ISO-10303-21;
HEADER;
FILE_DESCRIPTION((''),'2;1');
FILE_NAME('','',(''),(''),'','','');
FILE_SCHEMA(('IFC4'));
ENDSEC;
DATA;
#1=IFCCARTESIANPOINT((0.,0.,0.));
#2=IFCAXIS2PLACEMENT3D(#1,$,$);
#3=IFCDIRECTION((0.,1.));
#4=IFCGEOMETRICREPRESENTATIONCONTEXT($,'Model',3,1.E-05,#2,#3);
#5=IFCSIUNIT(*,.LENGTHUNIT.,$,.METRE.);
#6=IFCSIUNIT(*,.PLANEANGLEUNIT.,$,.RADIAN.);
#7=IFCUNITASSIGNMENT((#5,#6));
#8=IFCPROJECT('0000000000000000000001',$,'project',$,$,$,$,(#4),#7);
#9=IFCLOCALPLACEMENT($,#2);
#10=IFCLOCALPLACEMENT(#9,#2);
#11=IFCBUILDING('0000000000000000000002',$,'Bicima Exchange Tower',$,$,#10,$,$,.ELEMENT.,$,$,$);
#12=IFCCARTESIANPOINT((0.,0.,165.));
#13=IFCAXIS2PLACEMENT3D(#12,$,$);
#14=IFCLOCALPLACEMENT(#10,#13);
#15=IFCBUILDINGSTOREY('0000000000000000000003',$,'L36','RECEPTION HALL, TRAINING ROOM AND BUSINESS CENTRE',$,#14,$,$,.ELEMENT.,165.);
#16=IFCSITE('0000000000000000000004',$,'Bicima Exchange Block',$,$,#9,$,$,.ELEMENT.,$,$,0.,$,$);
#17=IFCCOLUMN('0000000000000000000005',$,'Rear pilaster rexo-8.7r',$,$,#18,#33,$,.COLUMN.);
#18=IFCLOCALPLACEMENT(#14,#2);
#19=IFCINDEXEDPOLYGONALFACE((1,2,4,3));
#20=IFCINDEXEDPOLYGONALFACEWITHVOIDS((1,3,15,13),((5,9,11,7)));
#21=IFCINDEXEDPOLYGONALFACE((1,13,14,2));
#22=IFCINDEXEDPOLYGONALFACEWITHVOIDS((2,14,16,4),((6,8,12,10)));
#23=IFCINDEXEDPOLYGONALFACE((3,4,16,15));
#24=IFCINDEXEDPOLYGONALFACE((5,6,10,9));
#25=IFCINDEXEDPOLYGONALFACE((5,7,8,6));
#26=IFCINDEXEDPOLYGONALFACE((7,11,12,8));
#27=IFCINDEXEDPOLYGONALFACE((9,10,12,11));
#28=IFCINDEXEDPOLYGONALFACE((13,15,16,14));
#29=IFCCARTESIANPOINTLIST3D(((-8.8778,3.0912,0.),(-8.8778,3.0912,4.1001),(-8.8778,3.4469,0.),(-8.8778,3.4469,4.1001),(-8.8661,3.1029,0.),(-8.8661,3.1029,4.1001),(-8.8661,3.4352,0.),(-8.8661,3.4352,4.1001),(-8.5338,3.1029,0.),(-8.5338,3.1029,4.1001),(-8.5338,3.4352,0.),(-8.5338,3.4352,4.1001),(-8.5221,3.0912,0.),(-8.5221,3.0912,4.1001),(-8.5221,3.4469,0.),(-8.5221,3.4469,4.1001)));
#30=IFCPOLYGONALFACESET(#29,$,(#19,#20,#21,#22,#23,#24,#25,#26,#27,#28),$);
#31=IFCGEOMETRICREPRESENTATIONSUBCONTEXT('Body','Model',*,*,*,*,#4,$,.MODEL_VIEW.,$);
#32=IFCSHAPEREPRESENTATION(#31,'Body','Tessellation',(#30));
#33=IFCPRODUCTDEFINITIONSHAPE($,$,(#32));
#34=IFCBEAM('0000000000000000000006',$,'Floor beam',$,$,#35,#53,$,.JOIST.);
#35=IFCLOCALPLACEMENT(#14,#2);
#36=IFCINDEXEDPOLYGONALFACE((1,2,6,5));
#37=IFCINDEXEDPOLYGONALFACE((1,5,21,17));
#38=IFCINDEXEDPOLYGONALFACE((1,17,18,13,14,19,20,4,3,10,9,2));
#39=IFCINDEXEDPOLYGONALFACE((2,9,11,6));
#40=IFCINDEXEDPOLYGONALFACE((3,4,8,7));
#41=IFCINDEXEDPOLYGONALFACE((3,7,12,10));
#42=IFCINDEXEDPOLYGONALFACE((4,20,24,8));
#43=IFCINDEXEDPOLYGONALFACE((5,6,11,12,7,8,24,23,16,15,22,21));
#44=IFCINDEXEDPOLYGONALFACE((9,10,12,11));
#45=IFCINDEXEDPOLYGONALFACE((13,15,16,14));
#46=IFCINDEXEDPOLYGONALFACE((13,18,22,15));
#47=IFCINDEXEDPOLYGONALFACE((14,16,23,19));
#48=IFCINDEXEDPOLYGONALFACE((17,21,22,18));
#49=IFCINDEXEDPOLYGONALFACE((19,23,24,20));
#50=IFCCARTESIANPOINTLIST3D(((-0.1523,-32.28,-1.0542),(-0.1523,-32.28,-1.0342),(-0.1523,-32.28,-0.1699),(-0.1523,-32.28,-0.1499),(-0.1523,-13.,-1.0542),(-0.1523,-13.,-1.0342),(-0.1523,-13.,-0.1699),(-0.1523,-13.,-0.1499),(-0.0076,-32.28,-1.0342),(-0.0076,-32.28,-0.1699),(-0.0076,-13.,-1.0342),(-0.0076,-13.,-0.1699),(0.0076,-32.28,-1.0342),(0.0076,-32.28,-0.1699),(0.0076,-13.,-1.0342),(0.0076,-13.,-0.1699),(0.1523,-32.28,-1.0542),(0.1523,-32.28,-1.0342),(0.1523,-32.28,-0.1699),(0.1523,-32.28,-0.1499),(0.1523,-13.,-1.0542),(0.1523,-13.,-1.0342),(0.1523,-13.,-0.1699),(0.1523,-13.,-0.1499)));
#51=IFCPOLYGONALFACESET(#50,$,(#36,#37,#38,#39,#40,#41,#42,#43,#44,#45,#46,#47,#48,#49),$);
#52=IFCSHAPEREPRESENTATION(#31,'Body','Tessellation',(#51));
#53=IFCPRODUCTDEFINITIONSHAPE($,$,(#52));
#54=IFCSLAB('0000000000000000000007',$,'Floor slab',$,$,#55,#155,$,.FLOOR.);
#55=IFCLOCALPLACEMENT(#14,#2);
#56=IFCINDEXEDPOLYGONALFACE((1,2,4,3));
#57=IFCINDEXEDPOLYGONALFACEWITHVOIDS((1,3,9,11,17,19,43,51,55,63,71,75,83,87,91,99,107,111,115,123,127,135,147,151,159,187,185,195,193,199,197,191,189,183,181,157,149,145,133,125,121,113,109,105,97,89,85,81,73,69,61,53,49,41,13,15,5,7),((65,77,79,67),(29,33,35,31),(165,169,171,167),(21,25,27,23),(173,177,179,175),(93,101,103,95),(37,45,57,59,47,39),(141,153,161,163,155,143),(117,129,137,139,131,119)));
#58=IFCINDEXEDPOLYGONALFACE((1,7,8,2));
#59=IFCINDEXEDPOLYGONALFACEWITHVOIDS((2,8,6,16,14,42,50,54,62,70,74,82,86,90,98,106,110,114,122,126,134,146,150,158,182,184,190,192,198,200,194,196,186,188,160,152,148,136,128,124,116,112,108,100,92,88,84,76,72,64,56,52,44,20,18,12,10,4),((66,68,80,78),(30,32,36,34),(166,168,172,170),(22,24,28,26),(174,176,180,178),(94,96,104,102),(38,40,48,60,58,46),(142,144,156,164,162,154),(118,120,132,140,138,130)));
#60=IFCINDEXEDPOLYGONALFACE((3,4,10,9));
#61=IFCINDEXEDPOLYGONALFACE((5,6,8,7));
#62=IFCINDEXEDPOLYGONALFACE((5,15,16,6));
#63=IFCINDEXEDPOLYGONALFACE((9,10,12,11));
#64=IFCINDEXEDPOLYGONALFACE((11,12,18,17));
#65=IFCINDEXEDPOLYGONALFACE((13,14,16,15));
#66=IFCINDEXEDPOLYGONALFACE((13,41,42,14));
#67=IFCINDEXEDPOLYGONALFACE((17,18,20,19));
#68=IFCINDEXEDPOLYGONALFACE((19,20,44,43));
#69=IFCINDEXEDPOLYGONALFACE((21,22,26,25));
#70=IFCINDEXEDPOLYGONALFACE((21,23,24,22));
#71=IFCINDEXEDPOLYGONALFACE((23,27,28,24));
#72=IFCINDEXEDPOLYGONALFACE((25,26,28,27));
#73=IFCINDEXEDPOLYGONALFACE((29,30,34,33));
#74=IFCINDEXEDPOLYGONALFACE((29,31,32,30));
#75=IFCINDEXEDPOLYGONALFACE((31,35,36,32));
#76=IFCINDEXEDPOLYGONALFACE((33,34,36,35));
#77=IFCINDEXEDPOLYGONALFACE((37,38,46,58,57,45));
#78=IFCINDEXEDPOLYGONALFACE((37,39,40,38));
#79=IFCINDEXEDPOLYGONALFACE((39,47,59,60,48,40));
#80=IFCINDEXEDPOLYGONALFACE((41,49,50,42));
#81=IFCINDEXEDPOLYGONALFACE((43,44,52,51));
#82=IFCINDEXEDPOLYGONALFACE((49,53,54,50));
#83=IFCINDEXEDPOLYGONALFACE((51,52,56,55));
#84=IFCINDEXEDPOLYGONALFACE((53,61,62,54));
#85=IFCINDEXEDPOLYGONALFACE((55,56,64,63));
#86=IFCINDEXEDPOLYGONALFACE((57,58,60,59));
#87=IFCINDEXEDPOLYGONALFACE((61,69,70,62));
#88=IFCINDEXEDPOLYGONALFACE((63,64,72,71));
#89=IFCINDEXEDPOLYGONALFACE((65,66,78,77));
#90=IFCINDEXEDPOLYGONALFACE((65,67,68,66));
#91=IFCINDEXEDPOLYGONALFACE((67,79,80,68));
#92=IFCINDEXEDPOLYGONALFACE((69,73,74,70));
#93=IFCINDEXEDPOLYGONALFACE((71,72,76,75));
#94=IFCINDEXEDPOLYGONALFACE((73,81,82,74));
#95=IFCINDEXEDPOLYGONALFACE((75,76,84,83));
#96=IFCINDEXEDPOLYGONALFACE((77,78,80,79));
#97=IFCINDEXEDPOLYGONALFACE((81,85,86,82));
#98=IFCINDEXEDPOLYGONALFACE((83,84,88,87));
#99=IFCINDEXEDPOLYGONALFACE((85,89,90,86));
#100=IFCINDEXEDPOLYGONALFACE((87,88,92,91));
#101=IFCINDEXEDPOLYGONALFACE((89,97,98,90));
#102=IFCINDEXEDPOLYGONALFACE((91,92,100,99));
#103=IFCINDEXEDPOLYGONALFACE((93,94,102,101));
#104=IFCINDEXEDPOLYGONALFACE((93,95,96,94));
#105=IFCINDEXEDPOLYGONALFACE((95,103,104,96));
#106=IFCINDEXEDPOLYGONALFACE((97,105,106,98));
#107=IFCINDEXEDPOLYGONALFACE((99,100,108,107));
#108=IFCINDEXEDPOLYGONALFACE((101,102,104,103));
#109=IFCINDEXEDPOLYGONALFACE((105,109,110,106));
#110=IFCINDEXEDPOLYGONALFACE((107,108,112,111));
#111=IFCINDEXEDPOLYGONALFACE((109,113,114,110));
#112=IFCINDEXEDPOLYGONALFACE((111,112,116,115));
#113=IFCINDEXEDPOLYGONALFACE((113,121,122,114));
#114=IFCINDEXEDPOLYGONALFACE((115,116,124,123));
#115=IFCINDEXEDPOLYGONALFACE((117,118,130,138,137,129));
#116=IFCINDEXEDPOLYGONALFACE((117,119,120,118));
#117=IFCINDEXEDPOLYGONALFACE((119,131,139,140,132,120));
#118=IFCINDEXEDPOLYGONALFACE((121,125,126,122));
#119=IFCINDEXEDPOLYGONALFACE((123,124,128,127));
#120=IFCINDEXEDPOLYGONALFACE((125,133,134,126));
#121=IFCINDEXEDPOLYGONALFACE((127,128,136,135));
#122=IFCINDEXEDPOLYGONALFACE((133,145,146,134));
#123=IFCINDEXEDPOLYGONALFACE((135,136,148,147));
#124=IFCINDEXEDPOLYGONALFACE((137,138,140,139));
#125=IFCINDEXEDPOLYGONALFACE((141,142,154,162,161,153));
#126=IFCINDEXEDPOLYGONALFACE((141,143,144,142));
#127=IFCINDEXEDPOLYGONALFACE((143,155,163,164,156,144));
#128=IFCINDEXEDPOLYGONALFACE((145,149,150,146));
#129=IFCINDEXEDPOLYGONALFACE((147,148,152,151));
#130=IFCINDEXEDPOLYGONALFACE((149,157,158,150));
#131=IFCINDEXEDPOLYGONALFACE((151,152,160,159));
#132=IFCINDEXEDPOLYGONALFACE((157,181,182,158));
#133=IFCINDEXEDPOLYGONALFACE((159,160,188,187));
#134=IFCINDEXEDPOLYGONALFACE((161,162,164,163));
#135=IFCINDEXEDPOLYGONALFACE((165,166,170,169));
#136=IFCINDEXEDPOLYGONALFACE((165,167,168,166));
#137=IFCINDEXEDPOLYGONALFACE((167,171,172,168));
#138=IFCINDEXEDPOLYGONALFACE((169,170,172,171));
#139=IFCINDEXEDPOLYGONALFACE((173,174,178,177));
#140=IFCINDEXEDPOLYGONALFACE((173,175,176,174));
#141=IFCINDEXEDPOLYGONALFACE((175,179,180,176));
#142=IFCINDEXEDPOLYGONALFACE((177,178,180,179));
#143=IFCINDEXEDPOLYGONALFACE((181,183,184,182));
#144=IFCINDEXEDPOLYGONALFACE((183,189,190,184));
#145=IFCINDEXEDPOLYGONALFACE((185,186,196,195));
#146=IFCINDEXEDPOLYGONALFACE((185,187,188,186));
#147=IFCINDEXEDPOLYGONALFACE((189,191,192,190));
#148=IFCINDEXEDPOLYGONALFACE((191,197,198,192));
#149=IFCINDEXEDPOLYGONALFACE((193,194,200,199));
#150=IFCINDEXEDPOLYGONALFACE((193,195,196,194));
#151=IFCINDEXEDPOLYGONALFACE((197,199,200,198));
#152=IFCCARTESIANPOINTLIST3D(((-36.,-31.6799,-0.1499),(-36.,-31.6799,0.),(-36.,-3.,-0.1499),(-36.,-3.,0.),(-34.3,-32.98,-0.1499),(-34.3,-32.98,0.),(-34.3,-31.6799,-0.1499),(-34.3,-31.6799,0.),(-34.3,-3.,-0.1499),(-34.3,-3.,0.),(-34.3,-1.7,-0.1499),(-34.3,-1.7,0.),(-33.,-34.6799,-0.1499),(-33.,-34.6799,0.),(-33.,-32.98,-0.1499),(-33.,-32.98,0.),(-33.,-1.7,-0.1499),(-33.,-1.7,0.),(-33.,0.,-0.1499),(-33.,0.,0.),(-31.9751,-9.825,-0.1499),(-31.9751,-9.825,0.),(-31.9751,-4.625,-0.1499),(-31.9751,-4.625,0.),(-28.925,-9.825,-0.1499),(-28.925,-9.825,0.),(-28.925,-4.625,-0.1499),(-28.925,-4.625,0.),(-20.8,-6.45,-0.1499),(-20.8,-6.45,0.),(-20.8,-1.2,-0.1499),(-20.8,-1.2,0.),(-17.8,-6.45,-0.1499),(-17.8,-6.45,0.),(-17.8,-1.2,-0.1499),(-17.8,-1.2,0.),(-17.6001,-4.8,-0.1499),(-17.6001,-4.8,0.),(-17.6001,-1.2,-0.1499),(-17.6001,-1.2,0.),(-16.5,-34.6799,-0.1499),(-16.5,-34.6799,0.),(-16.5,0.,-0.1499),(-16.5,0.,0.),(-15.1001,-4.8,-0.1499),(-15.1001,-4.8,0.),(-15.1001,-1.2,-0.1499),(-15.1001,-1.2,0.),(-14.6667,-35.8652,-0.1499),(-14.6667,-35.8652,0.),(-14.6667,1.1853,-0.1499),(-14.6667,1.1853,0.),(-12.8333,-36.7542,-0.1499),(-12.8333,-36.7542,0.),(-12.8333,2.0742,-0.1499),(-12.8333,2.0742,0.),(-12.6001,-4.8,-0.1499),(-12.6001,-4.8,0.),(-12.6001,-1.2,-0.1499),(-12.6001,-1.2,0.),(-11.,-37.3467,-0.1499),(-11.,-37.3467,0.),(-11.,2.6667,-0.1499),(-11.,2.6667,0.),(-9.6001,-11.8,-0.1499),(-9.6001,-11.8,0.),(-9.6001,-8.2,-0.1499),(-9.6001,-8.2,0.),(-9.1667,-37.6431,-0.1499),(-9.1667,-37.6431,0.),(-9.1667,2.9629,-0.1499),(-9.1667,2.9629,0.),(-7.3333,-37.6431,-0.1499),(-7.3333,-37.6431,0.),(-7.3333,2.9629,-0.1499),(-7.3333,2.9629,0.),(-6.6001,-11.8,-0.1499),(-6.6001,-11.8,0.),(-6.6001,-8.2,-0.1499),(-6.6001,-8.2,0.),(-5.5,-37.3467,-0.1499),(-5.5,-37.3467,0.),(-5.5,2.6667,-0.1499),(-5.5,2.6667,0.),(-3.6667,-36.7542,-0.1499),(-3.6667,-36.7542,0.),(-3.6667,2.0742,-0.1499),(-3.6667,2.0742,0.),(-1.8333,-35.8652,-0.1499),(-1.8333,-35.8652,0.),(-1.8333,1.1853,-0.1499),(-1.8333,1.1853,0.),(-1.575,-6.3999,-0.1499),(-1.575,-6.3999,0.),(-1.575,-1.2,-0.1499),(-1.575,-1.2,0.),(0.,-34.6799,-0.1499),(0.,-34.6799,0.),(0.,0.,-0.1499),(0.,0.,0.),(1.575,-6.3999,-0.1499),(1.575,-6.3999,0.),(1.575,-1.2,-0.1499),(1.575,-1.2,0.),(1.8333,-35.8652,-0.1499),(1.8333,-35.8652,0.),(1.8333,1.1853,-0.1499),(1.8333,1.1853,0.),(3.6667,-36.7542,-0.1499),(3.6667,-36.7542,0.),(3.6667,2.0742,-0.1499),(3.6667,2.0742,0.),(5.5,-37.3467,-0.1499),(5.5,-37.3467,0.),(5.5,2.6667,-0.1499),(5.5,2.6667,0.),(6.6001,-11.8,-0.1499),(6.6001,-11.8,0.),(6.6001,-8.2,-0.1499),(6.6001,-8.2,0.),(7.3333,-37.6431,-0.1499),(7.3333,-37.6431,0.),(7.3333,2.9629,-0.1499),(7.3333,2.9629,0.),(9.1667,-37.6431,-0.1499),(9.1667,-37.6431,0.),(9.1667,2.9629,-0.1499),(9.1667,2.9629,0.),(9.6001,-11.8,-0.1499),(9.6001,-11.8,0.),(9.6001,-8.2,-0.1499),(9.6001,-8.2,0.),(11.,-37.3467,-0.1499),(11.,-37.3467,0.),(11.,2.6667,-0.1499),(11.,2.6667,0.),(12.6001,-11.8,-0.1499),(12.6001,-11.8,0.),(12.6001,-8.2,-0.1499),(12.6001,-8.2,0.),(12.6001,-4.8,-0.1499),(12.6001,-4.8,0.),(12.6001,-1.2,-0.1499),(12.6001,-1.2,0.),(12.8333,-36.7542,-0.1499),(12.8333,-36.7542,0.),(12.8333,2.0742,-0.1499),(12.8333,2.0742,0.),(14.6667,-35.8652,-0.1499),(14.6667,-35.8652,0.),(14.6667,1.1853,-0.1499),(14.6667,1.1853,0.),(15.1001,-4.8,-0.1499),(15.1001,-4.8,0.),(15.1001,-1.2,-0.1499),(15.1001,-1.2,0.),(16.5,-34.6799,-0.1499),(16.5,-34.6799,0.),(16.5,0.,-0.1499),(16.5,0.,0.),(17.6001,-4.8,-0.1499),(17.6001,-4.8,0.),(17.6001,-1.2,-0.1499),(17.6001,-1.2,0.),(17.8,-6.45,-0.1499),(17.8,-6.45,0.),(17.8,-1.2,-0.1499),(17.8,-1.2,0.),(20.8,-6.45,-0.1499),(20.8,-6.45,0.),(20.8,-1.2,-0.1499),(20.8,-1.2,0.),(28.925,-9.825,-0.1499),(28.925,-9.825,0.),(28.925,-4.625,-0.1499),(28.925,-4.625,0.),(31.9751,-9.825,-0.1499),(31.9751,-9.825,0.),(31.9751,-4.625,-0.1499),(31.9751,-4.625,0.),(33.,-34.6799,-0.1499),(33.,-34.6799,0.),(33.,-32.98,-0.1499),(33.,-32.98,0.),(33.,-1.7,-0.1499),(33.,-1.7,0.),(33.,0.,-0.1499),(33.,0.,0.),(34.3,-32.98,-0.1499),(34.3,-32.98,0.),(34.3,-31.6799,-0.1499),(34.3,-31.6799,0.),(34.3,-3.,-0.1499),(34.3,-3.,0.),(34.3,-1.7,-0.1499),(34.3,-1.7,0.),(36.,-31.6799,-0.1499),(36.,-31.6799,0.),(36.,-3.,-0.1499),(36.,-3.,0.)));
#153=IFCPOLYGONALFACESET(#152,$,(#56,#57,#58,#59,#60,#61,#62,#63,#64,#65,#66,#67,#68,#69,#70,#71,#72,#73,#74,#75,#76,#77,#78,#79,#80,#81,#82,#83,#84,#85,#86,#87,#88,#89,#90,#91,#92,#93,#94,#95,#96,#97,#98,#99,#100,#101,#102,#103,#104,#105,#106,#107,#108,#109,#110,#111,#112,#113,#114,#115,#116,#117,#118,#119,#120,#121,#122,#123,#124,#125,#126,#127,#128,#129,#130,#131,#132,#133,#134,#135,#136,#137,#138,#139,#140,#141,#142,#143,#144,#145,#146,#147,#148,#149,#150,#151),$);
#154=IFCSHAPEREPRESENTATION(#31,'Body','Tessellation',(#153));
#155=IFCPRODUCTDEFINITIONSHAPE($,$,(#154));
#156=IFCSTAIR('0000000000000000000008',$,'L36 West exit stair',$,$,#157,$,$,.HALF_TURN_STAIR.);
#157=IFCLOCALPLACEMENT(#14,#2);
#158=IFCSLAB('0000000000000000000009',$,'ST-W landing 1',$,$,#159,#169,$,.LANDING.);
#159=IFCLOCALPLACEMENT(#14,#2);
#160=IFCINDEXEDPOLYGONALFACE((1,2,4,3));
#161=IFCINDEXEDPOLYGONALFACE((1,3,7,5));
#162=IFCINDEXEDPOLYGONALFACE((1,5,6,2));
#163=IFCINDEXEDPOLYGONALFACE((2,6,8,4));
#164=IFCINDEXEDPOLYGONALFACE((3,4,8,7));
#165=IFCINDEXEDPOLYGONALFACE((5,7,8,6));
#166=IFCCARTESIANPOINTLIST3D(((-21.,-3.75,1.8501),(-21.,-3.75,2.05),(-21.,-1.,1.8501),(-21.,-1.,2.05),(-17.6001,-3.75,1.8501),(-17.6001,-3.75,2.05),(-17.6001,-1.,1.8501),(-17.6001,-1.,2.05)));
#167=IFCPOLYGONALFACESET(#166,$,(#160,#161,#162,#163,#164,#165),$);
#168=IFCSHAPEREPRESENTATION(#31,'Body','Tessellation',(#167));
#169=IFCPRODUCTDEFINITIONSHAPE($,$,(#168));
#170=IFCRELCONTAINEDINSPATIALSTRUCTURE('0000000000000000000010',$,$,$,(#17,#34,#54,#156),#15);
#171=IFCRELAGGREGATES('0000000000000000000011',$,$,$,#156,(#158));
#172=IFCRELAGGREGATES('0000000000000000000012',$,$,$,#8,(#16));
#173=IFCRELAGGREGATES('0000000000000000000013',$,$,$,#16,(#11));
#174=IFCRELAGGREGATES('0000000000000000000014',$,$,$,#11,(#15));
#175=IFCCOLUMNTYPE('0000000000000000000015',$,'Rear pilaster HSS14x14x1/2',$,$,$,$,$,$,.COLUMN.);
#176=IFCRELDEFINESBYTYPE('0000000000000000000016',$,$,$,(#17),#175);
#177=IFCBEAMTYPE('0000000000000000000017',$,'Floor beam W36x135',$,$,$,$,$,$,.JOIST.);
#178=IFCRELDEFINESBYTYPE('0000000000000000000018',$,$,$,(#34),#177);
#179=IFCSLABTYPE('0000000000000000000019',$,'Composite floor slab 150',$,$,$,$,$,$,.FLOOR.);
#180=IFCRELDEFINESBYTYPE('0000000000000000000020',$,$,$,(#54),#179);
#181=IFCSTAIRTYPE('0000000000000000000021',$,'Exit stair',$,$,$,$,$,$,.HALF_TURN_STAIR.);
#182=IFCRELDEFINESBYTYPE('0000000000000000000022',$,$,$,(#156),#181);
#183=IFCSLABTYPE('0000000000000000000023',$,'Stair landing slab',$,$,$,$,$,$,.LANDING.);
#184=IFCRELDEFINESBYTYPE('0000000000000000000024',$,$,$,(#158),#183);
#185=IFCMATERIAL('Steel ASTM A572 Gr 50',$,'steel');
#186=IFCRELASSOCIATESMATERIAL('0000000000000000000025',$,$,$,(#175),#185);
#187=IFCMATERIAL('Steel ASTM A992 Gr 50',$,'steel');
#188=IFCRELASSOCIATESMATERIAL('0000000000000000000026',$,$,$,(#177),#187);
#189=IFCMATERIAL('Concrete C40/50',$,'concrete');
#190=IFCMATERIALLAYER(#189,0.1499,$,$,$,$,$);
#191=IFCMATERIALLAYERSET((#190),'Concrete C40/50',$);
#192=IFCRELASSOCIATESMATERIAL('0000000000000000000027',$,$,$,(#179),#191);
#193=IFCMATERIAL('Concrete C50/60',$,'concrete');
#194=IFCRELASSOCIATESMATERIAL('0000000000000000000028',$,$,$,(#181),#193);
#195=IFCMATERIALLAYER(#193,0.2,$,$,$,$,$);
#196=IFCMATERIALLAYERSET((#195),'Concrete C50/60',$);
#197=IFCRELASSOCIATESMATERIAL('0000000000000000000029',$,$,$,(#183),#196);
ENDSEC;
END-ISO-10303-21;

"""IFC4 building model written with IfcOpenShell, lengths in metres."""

from ifc_helpers import new_model, si_unit, direction, frame, origin, origin_2d, place, context, subcontext, project, spatial, polyline, hollow_rectangle, i_section, outline, extrude, material, layer, layer_set, material_profile, profile_set, type_object, element, aggregate, save


model = new_model("IFC4")

# Units and contexts
model_context = context("Model", 3, precision=1e-05, world=origin(), true_north=direction((0.0, 1.0)))
body_context = subcontext(model_context, "Body", "Model", "MODEL_VIEW")
ifc_project = project(units=[si_unit("LENGTHUNIT", "METRE"), si_unit("PLANEANGLEUNIT", "RADIAN")], contexts=[model_context])

# Site, building, storey
site_placement = place(None, origin())
site = spatial("IfcSite", under=ifc_project, at=site_placement, Name="Bicima Exchange Block", CompositionType="ELEMENT", RefElevation=0.0)
building_placement = place(site_placement, origin())
building = spatial("IfcBuilding", under=site, at=building_placement, Name="Bicima Exchange Tower", CompositionType="ELEMENT")
storey_placement = place(building_placement, frame((0.0, 0.0, 165.0)))
storey = spatial("IfcBuildingStorey", under=building, at=storey_placement, Name="L36", Description="RECEPTION HALL, TRAINING ROOM AND BUSINESS CENTRE", CompositionType="ELEMENT", Elevation=165.0)

# Column
ifc_material_1 = material(Name="Steel ASTM A572 Gr 50", Category="steel")
ifc_material_profile_1 = material_profile(ifc_material_1, hollow_rectangle(XDim=0.3557, YDim=0.3557, WallThickness=0.0117, at=origin_2d()))
ifc_profile_set_1 = profile_set([ifc_material_profile_1], Name="Steel ASTM A572 Gr 50")
column_type = type_object("IfcColumnType", Name="Rear pilaster HSS14x14x1/2", PredefinedType="COLUMN", material=ifc_profile_set_1)
column_placement = place(storey_placement, frame((-8.7, 3.269, 0.0), z_axis=(0.0, 0.0, 1.0), x_axis=(1.0, 0.0, 0.0)))
element("IfcColumn", 1, at=column_placement, inside=storey, type_object=column_type, Name="Rear pilaster rexo-8.7r", PredefinedType="COLUMN", context=body_context, shape_type="SweptSolid", body=[
    extrude(hollow_rectangle(XDim=0.3557, YDim=0.3557, WallThickness=0.0117, at=origin_2d()), origin(), (0.0, 0.0, 1.0), 4.1001),
])

# Beam
ifc_material_2 = material(Name="Steel ASTM A992 Gr 50", Category="steel")
ifc_material_profile_2 = material_profile(ifc_material_2, i_section(OverallWidth=0.3047, OverallDepth=0.9043, WebThickness=0.0151, FlangeThickness=0.02, at=origin_2d()))
ifc_profile_set_2 = profile_set([ifc_material_profile_2], Name="Steel ASTM A992 Gr 50")
beam_type = type_object("IfcBeamType", Name="Floor beam W36x135", PredefinedType="JOIST", material=ifc_profile_set_2)
beam_placement = place(storey_placement, frame((0.0, -13.0, -0.6021), z_axis=(0.0, -1.0, 0.0), x_axis=(1.0, 0.0, 0.0)))
element("IfcBeam", 2, at=beam_placement, inside=storey, type_object=beam_type, Name="Floor beam", PredefinedType="JOIST", context=body_context, shape_type="SweptSolid", body=[
    extrude(i_section(OverallWidth=0.3047, OverallDepth=0.9043, WebThickness=0.0151, FlangeThickness=0.02, at=origin_2d()), origin(), (0.0, 0.0, 1.0), 19.28),
])

# Slab
ifc_material_3 = material(Name="Concrete C40/50", Category="concrete")
ifc_layer_1 = layer(ifc_material_3, 0.1499)
ifc_layer_set_1 = layer_set([ifc_layer_1], Name="Concrete C40/50")
slab_type_1 = type_object("IfcSlabType", Name="Composite floor slab 150", PredefinedType="FLOOR", material=ifc_layer_set_1)
slab_1_placement = place(storey_placement, frame((0.0, 0.0, -0.1499)))
element("IfcSlab", 3, at=slab_1_placement, inside=storey, type_object=slab_type_1, Name="Floor slab", PredefinedType="FLOOR", context=body_context, shape_type="SweptSolid", body=[
    extrude(outline(polyline([(-36.0, -31.6799), (-36.0, -3.0), (-34.3, -3.0), (-34.3, -1.7), (-33.0, -1.7), (-33.0, 0.0), (-16.5, 0.0), (-14.6667, 1.1853), (-12.8333, 2.0742), (-11.0, 2.6667), (-9.1667, 2.9629), (-7.3333, 2.9629), (-5.5, 2.6667), (-3.6667, 2.0742), (-1.8333, 1.1853), (0.0, 0.0), (1.8333, 1.1853), (3.6667, 2.0742), (5.5, 2.6667), (7.3333, 2.9629), (9.1667, 2.9629), (11.0, 2.6667), (12.8333, 2.0742), (14.6667, 1.1853), (16.5, 0.0), (33.0, 0.0), (33.0, -1.7), (34.3, -1.7), (34.3, -3.0), (36.0, -3.0), (36.0, -31.6799), (34.3, -31.6799), (34.3, -32.98), (33.0, -32.98), (33.0, -34.6799), (16.5, -34.6799), (14.6667, -35.8652), (12.8333, -36.7542), (11.0, -37.3467), (9.1667, -37.6431), (7.3333, -37.6431), (5.5, -37.3467), (3.6667, -36.7542), (1.8333, -35.8652), (0.0, -34.6799), (-1.8333, -35.8652), (-3.6667, -36.7542), (-5.5, -37.3467), (-7.3333, -37.6431), (-9.1667, -37.6431), (-11.0, -37.3467), (-12.8333, -36.7542), (-14.6667, -35.8652), (-16.5, -34.6799), (-33.0, -34.6799), (-33.0, -32.98), (-34.3, -32.98), (-34.3, -31.6799), (-36.0, -31.6799)]), holes=[polyline([(-6.6001, -11.8), (-6.6001, -8.2), (-9.6001, -8.2), (-9.6001, -11.8), (-6.6001, -11.8)]), polyline([(-31.9751, -9.825), (-28.925, -9.825), (-28.925, -4.625), (-31.9751, -4.625), (-31.9751, -9.825)]), polyline([(-20.8, -6.45), (-17.8, -6.45), (-17.8, -1.2), (-20.8, -1.2), (-20.8, -6.45)]), polyline([(1.575, -6.3999), (1.575, -1.2), (-1.575, -1.2), (-1.575, -6.3999), (1.575, -6.3999)]), polyline([(-12.6001, -4.8), (-12.6001, -1.2), (-15.1001, -1.2), (-17.6001, -1.2), (-17.6001, -4.8), (-15.1001, -4.8), (-12.6001, -4.8)]), polyline([(12.6001, -8.2), (9.6001, -8.2), (6.6001, -8.2), (6.6001, -11.8), (9.6001, -11.8), (12.6001, -11.8), (12.6001, -8.2)]), polyline([(28.925, -9.825), (31.9751, -9.825), (31.9751, -4.625), (28.925, -4.625), (28.925, -9.825)]), polyline([(20.8, -6.45), (20.8, -1.2), (17.8, -1.2), (17.8, -6.45), (20.8, -6.45)]), polyline([(17.6001, -4.8), (17.6001, -1.2), (15.1001, -1.2), (12.6001, -1.2), (12.6001, -4.8), (15.1001, -4.8), (17.6001, -4.8)])]), origin(), (0.0, 0.0, 1.0), 0.1499),
])

# Stair, slab
ifc_material_4 = material(Name="Concrete C50/60", Category="concrete")
stair_type_1 = type_object("IfcStairType", Name="Exit stair", PredefinedType="HALF_TURN_STAIR", material=ifc_material_4)
stair_1_placement = place(storey_placement, origin())
stair_1 = element("IfcStair", 4, at=stair_1_placement, inside=storey, type_object=stair_type_1, Name="L36 West exit stair", PredefinedType="HALF_TURN_STAIR")
ifc_layer_2 = layer(ifc_material_4, 0.2)
ifc_layer_set_2 = layer_set([ifc_layer_2], Name="Concrete C50/60")
slab_type_2 = type_object("IfcSlabType", Name="Stair landing slab", PredefinedType="LANDING", material=ifc_layer_set_2)
slab_2_placement = place(storey_placement, frame((0.0, 0.0, 1.8501)))
slab_2 = element("IfcSlab", 5, at=slab_2_placement, type_object=slab_type_2, Name="ST-W landing 1", PredefinedType="LANDING", context=body_context, shape_type="SweptSolid", body=[
    extrude(outline(polyline([(-17.6001, -3.75), (-17.6001, -1.0), (-21.0, -1.0), (-21.0, -3.75), (-17.6001, -3.75)])), origin(), (0.0, 0.0, 1.0), 0.2),
])
aggregate(stair_1, [slab_2])

save(model, "model.ifc")
